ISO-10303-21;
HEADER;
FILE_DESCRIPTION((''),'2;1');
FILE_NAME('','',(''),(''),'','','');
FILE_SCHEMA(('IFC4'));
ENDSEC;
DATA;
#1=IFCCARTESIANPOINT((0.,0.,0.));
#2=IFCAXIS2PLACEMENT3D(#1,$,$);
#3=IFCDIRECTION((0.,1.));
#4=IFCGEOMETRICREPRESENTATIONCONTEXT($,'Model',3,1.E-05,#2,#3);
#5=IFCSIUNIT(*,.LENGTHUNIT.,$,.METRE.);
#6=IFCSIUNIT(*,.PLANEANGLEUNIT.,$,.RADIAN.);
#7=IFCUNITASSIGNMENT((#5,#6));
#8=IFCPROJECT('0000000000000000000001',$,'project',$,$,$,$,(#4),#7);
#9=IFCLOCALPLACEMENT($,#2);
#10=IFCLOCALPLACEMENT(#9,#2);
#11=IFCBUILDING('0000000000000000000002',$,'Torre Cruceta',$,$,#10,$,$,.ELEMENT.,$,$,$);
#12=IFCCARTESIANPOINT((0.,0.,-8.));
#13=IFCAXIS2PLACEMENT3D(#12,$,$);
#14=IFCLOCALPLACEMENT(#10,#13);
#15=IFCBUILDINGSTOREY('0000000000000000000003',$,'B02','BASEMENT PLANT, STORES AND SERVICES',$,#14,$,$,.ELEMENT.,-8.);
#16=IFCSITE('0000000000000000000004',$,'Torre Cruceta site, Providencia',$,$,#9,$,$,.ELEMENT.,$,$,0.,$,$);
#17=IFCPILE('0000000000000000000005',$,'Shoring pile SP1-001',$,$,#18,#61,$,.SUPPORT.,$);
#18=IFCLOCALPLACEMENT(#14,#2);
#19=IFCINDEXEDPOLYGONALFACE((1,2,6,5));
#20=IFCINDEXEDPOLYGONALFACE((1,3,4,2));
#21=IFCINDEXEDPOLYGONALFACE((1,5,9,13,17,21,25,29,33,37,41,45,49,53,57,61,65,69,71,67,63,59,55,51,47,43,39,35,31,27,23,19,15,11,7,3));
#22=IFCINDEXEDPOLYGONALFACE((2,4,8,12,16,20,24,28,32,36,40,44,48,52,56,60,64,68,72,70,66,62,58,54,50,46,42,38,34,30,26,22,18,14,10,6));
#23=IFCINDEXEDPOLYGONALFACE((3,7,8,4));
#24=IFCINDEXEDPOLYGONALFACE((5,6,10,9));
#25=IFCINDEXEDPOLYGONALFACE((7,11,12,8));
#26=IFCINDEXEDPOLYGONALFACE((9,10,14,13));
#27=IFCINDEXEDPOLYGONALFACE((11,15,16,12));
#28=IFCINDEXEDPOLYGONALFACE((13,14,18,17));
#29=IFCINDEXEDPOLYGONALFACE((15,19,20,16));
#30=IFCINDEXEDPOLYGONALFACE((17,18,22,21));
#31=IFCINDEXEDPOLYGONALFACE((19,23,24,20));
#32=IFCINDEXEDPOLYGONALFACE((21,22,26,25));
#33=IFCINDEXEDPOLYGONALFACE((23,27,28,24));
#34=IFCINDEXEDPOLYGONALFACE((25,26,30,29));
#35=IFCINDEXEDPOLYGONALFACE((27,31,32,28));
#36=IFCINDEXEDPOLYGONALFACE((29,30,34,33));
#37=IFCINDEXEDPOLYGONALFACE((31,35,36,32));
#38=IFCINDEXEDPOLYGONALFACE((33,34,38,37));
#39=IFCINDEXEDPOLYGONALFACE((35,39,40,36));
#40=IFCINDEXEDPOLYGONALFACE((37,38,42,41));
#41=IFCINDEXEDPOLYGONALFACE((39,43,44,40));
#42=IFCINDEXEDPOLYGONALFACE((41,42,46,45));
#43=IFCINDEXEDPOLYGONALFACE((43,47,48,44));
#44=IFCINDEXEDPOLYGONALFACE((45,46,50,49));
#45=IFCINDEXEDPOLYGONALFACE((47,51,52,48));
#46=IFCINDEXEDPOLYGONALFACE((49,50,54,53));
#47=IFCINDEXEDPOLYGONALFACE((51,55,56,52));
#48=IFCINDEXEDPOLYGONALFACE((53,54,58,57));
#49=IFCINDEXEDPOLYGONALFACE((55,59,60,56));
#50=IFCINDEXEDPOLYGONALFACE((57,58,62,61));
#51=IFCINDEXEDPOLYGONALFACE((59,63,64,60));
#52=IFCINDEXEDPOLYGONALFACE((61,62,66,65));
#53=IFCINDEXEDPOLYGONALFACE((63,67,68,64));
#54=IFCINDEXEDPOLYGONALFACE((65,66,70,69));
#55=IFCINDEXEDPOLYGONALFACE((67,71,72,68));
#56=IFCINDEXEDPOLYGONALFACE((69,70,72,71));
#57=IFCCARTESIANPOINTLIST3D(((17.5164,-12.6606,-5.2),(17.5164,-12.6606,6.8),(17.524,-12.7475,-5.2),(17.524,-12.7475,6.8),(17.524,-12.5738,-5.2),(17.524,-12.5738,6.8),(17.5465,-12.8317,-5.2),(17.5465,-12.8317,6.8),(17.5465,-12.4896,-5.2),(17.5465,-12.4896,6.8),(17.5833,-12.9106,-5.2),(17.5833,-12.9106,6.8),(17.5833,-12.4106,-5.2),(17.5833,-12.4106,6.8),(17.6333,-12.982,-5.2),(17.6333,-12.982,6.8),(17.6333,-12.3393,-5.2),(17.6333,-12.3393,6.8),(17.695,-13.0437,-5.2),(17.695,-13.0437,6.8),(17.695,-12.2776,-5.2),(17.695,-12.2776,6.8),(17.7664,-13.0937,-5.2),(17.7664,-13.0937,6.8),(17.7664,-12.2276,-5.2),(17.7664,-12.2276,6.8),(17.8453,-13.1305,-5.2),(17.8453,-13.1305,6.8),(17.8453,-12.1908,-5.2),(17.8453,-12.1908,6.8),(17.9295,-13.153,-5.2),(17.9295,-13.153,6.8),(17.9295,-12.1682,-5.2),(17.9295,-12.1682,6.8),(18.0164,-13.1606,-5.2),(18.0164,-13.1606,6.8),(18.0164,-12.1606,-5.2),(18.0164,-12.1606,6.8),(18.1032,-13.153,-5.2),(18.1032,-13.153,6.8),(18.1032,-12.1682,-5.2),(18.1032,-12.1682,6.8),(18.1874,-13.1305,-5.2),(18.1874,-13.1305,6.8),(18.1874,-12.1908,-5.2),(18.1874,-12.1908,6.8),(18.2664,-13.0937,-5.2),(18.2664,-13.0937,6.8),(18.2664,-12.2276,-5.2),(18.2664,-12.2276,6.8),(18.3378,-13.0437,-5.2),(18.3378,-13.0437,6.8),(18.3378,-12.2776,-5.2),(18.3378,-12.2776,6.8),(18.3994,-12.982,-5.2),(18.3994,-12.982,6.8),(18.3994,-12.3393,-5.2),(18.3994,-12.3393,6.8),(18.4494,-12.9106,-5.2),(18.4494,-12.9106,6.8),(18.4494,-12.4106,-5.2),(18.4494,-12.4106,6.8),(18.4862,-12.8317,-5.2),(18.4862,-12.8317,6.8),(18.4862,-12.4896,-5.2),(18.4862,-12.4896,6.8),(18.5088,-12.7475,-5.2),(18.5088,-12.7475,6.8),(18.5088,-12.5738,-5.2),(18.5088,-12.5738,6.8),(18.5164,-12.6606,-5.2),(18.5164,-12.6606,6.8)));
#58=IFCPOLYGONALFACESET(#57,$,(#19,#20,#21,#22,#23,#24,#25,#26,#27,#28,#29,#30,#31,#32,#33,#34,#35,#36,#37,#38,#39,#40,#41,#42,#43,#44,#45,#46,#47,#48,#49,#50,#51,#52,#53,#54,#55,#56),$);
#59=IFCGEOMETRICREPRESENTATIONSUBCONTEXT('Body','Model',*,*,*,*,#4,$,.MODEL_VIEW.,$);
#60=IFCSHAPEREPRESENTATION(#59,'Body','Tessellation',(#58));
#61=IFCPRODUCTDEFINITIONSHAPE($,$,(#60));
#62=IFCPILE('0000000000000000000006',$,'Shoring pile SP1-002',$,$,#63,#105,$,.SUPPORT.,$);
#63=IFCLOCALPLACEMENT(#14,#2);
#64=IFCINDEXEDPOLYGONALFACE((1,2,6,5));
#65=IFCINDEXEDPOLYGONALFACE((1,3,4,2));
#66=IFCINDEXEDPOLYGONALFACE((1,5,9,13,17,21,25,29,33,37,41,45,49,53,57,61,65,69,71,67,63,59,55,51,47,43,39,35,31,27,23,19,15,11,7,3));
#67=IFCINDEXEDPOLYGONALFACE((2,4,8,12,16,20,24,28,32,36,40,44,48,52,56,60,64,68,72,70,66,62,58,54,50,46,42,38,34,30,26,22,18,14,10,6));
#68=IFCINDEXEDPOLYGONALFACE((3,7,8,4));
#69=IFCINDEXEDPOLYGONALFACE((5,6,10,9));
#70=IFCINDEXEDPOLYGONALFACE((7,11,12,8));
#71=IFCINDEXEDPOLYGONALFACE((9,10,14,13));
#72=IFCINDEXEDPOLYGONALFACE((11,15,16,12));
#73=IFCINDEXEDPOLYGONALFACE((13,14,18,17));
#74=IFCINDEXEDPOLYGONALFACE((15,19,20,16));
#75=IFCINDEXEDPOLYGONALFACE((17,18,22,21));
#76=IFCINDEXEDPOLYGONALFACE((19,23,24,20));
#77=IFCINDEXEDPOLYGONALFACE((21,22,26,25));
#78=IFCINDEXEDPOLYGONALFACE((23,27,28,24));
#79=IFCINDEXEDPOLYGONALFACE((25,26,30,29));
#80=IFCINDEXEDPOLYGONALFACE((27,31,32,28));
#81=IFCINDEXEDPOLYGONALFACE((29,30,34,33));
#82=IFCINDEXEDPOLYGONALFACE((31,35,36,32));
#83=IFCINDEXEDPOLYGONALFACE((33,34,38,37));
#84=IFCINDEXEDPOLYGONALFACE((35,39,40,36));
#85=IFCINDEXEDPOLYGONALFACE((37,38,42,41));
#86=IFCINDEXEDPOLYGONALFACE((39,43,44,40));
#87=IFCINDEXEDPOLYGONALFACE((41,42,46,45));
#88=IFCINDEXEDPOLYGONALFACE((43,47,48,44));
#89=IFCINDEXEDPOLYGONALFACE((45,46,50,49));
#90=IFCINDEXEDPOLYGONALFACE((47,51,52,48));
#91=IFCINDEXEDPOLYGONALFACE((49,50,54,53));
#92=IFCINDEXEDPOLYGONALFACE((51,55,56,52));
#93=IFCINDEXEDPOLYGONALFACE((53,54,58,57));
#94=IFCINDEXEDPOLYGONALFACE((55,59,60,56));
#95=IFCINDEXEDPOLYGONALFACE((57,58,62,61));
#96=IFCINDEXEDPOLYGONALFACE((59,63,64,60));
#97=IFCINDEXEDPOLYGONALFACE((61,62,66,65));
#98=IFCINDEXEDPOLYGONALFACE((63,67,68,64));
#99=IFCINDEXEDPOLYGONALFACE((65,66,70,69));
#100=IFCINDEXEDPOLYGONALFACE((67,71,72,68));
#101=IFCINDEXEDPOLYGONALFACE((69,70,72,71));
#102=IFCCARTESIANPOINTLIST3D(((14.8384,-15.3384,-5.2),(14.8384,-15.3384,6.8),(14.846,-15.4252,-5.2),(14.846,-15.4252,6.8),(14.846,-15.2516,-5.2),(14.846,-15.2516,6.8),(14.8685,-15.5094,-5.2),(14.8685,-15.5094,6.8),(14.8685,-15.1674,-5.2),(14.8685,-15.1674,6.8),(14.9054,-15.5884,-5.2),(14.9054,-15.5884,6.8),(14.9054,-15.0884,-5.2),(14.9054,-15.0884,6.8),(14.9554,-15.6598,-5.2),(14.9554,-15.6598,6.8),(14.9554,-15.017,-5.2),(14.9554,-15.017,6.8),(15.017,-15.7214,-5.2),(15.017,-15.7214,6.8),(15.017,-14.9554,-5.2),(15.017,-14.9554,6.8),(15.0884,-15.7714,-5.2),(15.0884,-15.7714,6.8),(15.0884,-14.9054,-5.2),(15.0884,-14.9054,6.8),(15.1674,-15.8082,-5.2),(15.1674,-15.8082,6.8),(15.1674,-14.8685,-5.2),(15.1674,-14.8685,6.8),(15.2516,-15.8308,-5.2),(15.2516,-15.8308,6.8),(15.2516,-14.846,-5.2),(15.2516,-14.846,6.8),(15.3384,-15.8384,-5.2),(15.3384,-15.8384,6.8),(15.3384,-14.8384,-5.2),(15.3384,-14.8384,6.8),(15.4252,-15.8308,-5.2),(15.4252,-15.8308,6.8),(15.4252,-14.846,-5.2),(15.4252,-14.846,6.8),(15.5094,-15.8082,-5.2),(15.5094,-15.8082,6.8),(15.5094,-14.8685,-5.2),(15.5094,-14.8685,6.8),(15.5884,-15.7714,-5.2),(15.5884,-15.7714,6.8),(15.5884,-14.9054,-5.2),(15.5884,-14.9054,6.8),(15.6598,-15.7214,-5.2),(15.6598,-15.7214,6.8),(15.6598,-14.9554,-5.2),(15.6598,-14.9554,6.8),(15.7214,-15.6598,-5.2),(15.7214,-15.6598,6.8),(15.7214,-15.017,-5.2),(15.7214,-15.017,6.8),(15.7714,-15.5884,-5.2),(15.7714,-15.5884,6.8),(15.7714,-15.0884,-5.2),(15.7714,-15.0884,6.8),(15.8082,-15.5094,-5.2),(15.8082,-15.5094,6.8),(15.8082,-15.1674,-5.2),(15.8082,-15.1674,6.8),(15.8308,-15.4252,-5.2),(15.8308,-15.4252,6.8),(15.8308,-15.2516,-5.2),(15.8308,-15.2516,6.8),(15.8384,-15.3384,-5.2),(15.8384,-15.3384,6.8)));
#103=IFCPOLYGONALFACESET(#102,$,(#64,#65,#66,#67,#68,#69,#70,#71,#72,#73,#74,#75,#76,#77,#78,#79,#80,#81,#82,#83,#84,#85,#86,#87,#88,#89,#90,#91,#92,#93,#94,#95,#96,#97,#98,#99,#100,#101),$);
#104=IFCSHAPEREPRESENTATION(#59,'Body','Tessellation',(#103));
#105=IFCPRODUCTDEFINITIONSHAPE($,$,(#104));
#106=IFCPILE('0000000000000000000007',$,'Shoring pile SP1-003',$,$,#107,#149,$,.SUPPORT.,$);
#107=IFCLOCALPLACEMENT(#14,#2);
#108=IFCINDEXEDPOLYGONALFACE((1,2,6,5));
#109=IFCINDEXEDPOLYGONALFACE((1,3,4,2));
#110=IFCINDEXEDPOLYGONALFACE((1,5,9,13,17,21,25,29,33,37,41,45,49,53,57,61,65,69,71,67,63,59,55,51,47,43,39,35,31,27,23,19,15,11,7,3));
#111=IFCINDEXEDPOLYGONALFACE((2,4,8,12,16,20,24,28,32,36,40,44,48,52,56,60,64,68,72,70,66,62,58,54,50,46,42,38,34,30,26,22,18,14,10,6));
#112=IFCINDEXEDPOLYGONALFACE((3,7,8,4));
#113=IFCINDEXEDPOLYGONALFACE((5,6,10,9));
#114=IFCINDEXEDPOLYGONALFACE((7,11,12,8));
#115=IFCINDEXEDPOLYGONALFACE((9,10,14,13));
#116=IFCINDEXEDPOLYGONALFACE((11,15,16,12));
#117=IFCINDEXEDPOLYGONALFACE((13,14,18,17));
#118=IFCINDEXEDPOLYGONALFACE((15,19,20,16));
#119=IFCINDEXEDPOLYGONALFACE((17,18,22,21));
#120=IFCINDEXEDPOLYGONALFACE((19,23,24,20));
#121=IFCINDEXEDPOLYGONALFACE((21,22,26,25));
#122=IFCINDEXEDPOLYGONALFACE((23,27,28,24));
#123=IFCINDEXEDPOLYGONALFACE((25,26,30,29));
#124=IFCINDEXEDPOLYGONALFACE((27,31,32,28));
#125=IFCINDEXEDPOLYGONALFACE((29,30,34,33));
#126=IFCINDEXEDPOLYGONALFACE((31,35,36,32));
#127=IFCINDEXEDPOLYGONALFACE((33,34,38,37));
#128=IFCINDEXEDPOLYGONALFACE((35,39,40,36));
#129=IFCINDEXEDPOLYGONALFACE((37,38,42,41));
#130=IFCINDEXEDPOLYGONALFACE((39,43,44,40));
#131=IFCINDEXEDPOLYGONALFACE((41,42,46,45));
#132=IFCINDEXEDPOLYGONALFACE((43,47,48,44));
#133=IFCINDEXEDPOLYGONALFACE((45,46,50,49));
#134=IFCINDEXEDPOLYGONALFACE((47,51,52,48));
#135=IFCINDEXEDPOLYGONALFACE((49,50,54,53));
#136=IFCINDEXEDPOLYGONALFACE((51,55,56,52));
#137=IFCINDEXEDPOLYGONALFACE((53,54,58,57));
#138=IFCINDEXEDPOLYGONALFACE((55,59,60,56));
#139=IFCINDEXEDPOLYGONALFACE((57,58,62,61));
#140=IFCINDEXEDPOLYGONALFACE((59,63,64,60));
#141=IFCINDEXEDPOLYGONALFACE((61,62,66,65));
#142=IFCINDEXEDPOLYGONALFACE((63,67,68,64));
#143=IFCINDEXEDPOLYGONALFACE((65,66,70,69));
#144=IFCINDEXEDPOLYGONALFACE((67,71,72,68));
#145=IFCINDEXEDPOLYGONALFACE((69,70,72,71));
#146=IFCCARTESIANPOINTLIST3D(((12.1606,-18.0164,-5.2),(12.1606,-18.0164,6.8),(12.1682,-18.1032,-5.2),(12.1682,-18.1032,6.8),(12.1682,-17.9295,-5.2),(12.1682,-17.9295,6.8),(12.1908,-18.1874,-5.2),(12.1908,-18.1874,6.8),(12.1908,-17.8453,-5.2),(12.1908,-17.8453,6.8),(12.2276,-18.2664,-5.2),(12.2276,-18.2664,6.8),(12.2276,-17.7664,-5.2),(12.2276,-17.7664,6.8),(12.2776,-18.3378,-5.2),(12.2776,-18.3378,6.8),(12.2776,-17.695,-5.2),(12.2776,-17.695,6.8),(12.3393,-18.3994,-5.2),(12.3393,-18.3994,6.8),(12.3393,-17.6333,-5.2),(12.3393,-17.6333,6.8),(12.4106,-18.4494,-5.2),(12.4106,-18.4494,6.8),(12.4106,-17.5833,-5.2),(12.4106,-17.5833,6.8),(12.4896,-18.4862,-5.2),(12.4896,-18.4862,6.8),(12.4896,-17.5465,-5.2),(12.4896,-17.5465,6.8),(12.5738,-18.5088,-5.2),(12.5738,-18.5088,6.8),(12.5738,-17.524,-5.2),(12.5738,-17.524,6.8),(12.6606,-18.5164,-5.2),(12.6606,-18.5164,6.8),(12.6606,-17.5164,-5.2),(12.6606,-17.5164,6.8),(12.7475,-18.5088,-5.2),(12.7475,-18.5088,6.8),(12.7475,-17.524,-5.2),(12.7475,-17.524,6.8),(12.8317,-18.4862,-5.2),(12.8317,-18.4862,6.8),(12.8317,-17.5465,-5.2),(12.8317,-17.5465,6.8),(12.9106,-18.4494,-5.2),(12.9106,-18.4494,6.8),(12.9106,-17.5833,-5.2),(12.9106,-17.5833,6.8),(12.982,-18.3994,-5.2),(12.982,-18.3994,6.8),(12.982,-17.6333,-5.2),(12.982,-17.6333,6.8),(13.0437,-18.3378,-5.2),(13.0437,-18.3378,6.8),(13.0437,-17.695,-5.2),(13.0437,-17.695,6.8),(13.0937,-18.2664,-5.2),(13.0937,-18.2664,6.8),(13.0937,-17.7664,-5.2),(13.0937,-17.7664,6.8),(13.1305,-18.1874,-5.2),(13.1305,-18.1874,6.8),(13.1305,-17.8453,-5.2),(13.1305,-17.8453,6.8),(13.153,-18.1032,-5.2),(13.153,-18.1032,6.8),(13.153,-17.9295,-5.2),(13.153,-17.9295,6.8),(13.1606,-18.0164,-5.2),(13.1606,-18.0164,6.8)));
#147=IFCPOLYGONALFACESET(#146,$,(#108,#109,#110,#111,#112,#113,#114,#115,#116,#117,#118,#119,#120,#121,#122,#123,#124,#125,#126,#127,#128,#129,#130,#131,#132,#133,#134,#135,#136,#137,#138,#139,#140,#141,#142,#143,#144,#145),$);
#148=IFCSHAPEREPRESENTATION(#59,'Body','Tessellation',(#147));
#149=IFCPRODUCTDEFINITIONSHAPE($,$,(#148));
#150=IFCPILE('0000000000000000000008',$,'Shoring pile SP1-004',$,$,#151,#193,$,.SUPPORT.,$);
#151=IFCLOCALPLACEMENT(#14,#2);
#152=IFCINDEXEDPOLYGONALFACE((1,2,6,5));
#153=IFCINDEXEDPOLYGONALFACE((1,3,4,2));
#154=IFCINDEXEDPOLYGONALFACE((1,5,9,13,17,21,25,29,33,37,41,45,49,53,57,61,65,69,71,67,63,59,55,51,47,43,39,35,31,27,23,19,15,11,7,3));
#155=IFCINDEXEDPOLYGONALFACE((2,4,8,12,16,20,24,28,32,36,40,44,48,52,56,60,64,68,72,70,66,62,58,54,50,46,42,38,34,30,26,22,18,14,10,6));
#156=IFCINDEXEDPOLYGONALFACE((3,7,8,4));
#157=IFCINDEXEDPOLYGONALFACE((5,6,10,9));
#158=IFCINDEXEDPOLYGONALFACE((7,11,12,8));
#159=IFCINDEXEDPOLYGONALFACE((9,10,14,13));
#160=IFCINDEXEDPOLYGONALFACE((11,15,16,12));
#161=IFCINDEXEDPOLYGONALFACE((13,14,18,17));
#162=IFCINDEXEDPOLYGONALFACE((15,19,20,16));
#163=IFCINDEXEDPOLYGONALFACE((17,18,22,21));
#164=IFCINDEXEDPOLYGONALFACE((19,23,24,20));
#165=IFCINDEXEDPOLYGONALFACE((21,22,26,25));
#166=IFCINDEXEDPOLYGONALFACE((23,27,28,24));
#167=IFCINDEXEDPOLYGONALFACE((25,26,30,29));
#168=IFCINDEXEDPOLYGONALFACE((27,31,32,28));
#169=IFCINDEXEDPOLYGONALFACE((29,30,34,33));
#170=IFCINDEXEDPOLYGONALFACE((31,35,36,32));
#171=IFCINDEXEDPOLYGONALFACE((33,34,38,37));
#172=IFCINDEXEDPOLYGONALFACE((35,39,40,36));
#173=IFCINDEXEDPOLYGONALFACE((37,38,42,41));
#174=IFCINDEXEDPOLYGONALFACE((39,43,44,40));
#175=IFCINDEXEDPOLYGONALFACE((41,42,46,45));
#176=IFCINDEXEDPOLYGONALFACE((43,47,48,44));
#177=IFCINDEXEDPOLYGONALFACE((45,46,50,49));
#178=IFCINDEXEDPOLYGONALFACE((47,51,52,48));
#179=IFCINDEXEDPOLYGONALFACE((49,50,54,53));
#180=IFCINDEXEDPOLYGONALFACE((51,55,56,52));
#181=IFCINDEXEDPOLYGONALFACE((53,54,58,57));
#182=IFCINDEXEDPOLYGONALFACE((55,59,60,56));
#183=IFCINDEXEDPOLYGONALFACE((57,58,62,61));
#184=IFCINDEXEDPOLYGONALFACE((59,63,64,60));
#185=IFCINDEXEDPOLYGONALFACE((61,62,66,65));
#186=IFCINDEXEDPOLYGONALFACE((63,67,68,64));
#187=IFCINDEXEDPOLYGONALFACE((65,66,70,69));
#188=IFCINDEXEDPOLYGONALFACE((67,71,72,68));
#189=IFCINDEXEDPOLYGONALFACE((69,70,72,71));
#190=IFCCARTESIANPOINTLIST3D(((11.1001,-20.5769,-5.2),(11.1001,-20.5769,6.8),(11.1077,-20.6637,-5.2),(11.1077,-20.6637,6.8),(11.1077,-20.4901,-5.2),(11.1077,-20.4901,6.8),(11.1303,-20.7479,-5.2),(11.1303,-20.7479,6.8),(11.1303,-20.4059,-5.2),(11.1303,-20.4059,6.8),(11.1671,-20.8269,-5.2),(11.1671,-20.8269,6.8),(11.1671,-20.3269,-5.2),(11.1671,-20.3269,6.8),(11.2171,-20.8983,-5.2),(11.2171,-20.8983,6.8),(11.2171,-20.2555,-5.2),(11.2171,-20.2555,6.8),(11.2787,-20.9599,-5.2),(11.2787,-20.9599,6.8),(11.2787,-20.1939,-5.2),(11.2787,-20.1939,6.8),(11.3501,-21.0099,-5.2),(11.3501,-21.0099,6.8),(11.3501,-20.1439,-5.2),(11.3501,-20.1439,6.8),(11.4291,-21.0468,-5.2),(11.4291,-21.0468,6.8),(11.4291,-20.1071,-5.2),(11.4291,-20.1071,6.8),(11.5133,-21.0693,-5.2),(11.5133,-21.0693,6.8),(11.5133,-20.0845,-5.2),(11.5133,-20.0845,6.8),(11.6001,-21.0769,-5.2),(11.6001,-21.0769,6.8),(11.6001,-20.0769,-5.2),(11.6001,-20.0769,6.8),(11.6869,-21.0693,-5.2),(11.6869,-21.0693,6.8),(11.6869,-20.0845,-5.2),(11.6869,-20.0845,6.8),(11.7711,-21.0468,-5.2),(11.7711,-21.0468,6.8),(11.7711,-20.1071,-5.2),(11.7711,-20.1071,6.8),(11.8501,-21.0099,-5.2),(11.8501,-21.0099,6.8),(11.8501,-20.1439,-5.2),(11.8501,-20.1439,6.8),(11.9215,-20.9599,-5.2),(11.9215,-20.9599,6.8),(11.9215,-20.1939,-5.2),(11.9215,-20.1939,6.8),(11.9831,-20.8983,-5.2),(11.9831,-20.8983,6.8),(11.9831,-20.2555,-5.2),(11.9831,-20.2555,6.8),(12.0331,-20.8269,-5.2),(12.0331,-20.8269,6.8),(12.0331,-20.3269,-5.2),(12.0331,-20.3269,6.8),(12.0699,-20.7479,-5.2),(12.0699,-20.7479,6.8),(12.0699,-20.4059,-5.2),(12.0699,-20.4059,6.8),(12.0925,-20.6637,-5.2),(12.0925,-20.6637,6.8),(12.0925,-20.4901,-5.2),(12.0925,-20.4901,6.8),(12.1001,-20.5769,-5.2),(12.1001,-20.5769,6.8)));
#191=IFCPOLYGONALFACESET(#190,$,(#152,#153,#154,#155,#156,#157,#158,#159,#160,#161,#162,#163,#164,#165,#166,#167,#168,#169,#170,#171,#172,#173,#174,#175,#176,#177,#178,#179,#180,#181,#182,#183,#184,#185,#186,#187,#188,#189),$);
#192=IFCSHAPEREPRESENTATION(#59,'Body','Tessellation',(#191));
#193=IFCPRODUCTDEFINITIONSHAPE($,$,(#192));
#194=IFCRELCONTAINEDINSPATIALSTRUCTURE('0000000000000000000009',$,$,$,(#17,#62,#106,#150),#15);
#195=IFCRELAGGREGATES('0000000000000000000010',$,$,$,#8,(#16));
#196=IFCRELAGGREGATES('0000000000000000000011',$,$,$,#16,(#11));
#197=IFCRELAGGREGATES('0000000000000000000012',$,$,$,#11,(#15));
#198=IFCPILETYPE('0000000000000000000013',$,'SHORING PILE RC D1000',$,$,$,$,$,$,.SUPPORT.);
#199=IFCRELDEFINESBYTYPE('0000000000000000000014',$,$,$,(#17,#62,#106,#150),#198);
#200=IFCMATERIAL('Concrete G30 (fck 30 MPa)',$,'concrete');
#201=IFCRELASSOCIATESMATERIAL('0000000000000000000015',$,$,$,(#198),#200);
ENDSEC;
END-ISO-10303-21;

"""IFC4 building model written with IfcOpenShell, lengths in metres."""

from ifc_helpers import new_model, si_unit, direction, frame, origin, origin_2d, place, context, subcontext, project, spatial, circle, extrude, material, material_profile, profile_set, type_object, element, save


model = new_model("IFC4")

# Units and contexts
model_context = context("Model", 3, precision=1e-05, world=origin(), true_north=direction((0.0, 1.0)))
body_context = subcontext(model_context, "Body", "Model", "MODEL_VIEW")
ifc_project = project(units=[si_unit("LENGTHUNIT", "METRE"), si_unit("PLANEANGLEUNIT", "RADIAN")], contexts=[model_context])

# Site, building, storey
site_placement = place(None, origin())
site = spatial("IfcSite", under=ifc_project, at=site_placement, Name="Torre Cruceta site, Providencia", CompositionType="ELEMENT", RefElevation=0.0)
building_placement = place(site_placement, origin())
building = spatial("IfcBuilding", under=site, at=building_placement, Name="Torre Cruceta", CompositionType="ELEMENT")
storey_placement = place(building_placement, frame((0.0, 0.0, -8.0)))
storey = spatial("IfcBuildingStorey", under=building, at=storey_placement, Name="B02", Description="BASEMENT PLANT, STORES AND SERVICES", CompositionType="ELEMENT", Elevation=-8.0)

# Piles
ifc_material_1 = material(Name="Concrete G30 (fck 30 MPa)", Category="concrete")
ifc_material_profile_1 = material_profile(ifc_material_1, circle(Radius=0.5, at=origin_2d()), Name="RC D1000")
ifc_profile_set_1 = profile_set([ifc_material_profile_1], Name="Concrete G30 (fck 30 MPa)")
pile_type_1 = type_object("IfcPileType", Name="SHORING PILE RC D1000", PredefinedType="SUPPORT", material=ifc_profile_set_1)
for number, where, z_axis, x_axis, name in (
    (1, (18.0164, -12.6606, 6.8), (0.0, 0.0, -1.0), (1.0, 0.0, 0.0), "Shoring pile SP1-001"),
    (2, (15.3384, -15.3384, 6.8), (0.0, 0.0, -1.0), (1.0, 0.0, 0.0), "Shoring pile SP1-002"),
    (3, (12.6606, -18.0164, 6.8), (0.0, 0.0, -1.0), (1.0, 0.0, 0.0), "Shoring pile SP1-003"),
    (4, (11.6001, -20.5769, 6.8), (0.0, 0.0, -1.0), (1.0, 0.0, 0.0), "Shoring pile SP1-004"),
):
    element("IfcPile", number, at=place(storey_placement, frame(where, z_axis=z_axis, x_axis=x_axis)), inside=storey, type_object=pile_type_1, Name=name, PredefinedType="SUPPORT", context=body_context, shape_type="SweptSolid", body=[
        extrude(circle(Radius=0.5, at=origin_2d()), origin(), (0.0, 0.0, 1.0), 12.0),
    ])

save(model, "model.ifc")
